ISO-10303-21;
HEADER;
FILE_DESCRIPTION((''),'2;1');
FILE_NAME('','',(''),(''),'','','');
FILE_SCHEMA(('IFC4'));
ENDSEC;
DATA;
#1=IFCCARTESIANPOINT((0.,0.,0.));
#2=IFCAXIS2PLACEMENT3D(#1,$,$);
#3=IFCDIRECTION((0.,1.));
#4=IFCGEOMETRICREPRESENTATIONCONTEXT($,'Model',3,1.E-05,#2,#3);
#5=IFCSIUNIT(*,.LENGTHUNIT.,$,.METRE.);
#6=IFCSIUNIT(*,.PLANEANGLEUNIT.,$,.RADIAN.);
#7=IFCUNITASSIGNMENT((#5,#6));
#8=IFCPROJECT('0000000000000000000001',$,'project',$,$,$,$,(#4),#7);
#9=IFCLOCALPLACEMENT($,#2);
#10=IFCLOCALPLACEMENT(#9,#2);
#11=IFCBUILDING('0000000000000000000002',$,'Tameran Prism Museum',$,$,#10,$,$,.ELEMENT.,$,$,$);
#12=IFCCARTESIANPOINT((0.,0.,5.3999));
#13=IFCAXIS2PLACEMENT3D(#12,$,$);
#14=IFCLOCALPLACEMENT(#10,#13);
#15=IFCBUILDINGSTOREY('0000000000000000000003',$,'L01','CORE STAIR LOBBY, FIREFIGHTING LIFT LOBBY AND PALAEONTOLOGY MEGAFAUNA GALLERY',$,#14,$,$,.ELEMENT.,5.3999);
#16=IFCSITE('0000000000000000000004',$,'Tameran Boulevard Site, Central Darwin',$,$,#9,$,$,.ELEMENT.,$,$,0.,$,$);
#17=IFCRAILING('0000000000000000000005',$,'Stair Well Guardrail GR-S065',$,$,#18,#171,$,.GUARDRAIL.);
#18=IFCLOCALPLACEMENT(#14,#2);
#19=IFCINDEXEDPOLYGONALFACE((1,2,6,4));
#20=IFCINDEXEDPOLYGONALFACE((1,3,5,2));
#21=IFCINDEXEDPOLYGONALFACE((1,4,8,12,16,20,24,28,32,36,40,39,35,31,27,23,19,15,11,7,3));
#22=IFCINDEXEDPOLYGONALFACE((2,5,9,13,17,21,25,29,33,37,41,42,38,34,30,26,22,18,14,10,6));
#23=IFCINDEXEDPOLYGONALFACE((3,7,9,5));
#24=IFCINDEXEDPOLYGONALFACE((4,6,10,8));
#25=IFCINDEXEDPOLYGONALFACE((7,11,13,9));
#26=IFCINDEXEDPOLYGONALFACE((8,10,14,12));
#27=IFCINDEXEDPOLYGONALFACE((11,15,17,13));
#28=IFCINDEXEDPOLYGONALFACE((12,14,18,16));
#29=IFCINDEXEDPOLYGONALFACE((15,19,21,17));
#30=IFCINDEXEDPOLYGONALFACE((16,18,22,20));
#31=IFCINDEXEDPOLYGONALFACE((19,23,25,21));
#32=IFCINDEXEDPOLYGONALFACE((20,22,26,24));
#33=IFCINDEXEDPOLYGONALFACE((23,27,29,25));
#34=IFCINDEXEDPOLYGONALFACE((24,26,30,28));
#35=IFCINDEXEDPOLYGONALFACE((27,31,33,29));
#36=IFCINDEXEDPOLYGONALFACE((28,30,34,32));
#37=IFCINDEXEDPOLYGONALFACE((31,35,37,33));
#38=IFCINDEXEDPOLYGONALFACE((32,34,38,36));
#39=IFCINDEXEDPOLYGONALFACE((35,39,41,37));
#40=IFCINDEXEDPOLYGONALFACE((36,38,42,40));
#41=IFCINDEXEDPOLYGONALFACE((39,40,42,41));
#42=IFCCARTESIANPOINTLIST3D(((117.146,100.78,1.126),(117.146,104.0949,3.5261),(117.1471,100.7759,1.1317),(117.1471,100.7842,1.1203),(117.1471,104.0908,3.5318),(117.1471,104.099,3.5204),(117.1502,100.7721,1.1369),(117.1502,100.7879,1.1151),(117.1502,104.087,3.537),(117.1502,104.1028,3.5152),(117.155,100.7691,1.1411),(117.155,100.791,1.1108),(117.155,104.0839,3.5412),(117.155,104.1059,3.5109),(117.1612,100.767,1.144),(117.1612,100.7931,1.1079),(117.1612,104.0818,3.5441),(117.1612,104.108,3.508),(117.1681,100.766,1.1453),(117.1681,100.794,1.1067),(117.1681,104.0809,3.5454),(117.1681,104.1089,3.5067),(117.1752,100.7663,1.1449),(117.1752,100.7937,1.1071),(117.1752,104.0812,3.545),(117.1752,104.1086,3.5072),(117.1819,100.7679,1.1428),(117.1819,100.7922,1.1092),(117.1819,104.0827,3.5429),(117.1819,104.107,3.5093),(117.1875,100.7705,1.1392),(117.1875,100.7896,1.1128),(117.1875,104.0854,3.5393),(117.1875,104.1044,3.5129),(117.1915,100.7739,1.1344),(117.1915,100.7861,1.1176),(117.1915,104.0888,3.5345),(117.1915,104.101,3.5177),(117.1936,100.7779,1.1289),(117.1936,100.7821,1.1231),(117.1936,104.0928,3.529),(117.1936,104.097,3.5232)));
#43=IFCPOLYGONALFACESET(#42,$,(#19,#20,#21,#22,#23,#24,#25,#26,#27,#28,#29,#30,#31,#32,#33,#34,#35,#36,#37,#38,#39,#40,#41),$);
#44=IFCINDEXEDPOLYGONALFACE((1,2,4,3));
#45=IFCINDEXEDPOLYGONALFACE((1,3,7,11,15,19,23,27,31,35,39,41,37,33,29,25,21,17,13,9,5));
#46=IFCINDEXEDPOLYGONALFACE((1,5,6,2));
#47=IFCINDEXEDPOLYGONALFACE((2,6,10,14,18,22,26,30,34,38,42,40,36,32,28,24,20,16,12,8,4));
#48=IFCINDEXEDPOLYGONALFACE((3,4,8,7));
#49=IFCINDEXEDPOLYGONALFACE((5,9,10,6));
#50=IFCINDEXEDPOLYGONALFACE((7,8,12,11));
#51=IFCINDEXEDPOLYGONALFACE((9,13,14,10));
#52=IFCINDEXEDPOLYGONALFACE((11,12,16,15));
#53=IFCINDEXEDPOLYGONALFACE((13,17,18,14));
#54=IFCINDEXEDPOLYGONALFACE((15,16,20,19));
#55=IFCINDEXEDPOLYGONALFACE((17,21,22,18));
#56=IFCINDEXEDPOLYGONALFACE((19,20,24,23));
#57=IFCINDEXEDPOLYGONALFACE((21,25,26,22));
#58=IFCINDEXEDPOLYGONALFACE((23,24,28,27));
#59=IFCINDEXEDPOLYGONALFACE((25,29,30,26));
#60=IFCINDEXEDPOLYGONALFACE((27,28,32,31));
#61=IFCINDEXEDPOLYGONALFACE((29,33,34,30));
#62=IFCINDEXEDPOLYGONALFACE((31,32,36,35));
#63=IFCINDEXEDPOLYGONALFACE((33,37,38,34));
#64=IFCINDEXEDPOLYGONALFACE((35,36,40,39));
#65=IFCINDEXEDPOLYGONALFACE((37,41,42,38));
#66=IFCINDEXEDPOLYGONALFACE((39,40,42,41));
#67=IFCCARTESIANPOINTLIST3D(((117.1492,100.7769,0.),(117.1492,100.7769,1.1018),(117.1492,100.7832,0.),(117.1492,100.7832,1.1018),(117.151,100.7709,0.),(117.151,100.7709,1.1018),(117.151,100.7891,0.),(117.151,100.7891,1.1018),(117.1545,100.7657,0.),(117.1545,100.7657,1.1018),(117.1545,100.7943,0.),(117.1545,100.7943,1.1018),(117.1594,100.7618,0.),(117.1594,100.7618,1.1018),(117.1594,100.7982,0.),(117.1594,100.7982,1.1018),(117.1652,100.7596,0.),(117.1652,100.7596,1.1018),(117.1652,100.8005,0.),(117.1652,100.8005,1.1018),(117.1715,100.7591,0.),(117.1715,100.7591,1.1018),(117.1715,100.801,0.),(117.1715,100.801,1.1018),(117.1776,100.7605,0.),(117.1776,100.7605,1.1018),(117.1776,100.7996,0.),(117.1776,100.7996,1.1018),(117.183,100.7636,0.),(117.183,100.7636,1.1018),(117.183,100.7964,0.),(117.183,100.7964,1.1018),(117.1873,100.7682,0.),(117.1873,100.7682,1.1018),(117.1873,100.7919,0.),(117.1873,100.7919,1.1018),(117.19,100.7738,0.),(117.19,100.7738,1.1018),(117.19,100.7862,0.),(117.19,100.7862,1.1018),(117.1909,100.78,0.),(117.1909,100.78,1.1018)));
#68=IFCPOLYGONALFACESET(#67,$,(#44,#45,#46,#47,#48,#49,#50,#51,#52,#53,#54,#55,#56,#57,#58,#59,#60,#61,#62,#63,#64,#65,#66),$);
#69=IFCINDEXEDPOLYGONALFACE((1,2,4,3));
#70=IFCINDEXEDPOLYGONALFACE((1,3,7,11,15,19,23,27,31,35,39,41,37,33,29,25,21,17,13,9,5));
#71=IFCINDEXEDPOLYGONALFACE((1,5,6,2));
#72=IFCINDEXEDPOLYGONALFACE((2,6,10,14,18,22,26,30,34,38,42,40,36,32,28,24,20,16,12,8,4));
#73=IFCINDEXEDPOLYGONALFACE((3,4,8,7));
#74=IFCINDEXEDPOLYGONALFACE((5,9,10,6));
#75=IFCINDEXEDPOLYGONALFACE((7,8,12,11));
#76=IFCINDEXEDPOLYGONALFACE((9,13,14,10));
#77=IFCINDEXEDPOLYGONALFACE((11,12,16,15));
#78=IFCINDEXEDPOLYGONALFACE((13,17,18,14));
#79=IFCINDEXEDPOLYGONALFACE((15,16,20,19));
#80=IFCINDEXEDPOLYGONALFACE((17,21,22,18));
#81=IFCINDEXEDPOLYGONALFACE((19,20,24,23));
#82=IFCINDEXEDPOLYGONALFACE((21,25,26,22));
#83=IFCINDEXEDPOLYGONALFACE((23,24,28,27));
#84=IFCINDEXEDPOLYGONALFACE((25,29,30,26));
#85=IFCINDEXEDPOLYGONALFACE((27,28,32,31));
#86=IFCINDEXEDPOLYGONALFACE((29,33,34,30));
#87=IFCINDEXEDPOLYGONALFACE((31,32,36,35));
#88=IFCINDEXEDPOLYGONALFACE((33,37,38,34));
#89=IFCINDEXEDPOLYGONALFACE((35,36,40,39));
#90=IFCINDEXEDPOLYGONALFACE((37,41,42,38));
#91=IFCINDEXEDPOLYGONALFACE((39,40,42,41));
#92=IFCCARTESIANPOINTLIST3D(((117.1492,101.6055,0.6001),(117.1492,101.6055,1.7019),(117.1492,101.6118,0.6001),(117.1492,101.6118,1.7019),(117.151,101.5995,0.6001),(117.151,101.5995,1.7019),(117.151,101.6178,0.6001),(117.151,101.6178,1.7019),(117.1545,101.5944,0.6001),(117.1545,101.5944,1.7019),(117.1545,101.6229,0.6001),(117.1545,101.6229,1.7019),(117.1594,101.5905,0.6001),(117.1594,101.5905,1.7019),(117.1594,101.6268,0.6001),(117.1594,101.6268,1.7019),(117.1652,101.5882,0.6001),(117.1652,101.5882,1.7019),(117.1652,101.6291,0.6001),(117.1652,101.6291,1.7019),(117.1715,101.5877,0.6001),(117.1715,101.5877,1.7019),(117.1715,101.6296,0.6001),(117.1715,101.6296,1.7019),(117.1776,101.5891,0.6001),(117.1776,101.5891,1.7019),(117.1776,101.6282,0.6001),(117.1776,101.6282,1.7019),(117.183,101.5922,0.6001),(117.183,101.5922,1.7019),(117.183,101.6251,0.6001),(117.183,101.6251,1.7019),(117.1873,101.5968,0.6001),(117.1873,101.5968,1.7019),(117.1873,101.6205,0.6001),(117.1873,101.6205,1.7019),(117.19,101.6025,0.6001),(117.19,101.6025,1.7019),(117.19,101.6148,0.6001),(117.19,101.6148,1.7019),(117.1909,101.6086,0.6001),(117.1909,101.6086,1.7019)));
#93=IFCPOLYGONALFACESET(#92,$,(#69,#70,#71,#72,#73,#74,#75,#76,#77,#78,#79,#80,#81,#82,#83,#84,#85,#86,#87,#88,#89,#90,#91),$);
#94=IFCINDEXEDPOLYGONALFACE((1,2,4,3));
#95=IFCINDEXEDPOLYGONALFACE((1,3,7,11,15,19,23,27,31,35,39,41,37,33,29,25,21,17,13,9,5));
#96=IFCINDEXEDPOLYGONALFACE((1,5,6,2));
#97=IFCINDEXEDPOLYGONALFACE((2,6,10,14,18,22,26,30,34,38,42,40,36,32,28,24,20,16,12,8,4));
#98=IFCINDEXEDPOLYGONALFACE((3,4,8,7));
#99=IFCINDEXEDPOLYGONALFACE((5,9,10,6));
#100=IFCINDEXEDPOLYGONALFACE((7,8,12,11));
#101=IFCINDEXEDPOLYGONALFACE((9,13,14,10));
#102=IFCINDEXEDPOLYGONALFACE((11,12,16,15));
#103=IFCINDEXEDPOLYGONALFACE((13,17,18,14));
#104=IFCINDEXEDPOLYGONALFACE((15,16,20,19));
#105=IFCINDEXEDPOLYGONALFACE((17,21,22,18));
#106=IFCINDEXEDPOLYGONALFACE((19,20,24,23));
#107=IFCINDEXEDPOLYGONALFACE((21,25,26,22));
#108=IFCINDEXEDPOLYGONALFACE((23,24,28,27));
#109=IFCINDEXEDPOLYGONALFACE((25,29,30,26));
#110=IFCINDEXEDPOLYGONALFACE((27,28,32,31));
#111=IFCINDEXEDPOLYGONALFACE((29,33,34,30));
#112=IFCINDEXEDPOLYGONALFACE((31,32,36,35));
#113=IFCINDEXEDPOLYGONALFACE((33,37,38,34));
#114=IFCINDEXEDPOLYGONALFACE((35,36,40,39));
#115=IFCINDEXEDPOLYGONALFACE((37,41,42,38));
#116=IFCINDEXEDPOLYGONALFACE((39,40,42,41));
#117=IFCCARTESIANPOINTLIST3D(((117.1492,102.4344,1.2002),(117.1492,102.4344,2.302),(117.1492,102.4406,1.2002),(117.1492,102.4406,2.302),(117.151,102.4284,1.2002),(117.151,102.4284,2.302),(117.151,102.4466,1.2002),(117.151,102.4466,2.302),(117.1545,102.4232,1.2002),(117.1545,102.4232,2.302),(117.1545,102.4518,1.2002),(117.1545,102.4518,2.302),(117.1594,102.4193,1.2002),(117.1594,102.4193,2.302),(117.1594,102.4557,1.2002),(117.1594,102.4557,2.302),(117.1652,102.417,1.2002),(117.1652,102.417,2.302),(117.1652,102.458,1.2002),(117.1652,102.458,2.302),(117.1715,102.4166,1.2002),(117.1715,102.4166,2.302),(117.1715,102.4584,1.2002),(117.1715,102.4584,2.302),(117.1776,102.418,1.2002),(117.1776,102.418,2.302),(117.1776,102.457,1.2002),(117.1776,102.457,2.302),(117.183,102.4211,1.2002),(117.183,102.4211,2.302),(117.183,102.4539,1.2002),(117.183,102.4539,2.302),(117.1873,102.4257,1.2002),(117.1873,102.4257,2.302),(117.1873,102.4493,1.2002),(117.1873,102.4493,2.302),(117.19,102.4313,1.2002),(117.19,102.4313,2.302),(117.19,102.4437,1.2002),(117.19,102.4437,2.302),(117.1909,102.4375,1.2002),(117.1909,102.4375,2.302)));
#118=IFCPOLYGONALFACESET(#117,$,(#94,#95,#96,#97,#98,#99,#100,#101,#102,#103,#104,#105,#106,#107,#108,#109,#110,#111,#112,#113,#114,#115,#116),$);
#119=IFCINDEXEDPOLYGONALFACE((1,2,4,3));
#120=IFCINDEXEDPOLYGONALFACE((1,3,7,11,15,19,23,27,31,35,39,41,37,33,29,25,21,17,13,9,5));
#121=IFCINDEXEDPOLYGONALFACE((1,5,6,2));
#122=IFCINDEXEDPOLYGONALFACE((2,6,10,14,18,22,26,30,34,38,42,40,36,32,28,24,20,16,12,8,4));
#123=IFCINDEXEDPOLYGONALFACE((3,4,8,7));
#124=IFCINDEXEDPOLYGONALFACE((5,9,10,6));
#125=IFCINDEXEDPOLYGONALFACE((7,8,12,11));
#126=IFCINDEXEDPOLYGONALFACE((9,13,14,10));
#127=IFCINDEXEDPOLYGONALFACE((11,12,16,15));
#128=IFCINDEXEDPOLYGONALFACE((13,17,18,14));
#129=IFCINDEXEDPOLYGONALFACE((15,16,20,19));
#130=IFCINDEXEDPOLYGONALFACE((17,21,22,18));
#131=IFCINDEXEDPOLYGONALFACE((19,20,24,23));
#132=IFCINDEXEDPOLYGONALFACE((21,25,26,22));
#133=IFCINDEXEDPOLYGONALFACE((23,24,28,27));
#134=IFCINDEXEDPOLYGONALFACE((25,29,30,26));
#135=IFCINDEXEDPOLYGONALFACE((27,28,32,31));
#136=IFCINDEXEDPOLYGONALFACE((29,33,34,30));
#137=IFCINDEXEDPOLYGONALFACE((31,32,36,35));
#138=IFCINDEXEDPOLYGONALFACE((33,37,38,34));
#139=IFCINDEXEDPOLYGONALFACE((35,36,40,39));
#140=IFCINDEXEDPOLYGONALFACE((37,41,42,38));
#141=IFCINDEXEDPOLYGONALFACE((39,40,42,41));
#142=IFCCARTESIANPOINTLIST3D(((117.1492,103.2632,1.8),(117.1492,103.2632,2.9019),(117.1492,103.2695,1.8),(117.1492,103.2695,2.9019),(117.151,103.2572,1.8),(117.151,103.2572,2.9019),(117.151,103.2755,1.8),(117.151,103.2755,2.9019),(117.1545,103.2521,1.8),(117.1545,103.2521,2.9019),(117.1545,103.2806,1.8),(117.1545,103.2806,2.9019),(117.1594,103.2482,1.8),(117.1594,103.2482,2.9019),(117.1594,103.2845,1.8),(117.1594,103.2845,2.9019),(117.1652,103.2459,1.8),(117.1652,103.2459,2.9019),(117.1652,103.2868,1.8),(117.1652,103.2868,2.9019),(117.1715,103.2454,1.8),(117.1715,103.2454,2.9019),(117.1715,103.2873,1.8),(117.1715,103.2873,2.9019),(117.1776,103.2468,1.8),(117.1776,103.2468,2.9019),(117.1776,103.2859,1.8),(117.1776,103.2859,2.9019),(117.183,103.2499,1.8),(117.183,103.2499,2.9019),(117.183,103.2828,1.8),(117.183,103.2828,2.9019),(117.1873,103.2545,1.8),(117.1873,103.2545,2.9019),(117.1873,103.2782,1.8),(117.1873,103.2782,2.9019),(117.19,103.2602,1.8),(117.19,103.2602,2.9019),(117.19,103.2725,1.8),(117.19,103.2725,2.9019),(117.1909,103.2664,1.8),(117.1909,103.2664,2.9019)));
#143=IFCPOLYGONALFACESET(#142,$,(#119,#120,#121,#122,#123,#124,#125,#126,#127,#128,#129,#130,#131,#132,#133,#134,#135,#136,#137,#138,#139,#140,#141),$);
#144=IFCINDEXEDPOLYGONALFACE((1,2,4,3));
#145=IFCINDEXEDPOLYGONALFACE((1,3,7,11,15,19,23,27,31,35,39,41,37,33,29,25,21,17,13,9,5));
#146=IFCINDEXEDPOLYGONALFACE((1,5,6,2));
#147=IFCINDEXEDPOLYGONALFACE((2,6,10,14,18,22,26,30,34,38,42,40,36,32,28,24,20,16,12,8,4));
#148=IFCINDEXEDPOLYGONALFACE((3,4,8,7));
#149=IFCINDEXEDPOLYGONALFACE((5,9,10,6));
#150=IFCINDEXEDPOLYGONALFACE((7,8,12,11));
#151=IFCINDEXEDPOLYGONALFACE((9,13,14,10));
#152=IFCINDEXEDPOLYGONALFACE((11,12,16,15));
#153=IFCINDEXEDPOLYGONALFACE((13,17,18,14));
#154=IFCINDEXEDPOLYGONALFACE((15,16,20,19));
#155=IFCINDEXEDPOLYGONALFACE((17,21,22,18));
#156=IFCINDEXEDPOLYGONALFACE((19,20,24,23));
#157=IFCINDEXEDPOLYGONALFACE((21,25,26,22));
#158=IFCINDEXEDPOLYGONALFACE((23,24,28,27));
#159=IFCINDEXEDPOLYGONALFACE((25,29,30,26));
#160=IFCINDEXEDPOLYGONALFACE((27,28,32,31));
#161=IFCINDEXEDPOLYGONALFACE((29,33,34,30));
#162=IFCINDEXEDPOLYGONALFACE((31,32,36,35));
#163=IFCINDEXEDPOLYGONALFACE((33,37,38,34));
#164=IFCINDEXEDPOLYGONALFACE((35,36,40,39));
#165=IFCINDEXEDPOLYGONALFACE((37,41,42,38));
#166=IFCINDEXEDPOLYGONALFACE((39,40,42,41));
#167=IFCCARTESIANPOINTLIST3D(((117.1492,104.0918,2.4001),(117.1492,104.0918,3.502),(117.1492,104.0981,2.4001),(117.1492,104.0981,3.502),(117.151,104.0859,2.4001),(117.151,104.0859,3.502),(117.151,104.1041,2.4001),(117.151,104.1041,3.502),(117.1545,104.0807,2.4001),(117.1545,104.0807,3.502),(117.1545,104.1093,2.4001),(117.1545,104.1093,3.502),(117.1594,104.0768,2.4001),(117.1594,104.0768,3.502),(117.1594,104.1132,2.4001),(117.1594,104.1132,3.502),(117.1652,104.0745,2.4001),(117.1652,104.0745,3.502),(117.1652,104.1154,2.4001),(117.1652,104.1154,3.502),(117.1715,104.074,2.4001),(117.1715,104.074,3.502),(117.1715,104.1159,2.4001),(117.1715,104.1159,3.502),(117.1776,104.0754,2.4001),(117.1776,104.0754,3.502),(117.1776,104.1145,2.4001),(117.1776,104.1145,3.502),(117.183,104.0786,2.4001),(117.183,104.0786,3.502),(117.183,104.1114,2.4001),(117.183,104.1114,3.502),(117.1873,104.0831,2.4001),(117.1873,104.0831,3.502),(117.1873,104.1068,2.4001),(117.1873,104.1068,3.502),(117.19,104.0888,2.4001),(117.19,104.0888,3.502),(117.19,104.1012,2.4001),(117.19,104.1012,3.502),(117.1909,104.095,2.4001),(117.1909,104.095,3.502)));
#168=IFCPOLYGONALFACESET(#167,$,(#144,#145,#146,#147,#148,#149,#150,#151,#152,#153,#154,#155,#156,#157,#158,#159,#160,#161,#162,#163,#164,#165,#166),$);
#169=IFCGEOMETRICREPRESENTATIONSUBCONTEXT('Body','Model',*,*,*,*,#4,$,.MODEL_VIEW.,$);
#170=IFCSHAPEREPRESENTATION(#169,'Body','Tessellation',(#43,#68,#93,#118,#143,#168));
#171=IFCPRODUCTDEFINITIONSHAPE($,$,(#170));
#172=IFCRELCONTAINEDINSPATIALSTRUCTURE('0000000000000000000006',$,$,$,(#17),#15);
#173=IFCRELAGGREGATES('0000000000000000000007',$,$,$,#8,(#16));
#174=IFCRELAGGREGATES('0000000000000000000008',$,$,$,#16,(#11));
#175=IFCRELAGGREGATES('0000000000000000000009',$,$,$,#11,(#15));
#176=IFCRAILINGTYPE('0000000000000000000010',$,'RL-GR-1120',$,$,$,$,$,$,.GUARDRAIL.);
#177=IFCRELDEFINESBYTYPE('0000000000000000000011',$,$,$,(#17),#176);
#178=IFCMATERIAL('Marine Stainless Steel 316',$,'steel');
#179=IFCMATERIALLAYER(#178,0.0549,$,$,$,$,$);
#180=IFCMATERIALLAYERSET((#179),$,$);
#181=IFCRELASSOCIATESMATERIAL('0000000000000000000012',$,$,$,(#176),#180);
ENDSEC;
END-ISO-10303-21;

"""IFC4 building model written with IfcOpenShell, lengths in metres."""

from ifc_helpers import new_model, si_unit, direction, frame, origin, origin_2d, place, context, subcontext, project, spatial, circle, extrude, material, layer, layer_set, type_object, element, save


model = new_model("IFC4")

# Units and contexts
model_context = context("Model", 3, precision=1e-05, world=origin(), true_north=direction((0.0, 1.0)))
body_context = subcontext(model_context, "Body", "Model", "MODEL_VIEW")
ifc_project = project(units=[si_unit("LENGTHUNIT", "METRE"), si_unit("PLANEANGLEUNIT", "RADIAN")], contexts=[model_context])

# Site, building, storey
site_placement = place(None, origin())
site = spatial("IfcSite", under=ifc_project, at=site_placement, Name="Tameran Boulevard Site, Central Darwin", CompositionType="ELEMENT", RefElevation=0.0)
building_placement = place(site_placement, origin())
building = spatial("IfcBuilding", under=site, at=building_placement, Name="Tameran Prism Museum", CompositionType="ELEMENT")
storey_placement = place(building_placement, frame((0.0, 0.0, 5.3999)))
storey = spatial("IfcBuildingStorey", under=building, at=storey_placement, Name="L01", Description="CORE STAIR LOBBY, FIREFIGHTING LIFT LOBBY AND PALAEONTOLOGY MEGAFAUNA GALLERY", CompositionType="ELEMENT", Elevation=5.3999)

# Railing
ifc_material_1 = material(Name="Marine Stainless Steel 316", Category="steel")
ifc_layer_1 = layer(ifc_material_1, 0.0549)
ifc_layer_set_1 = layer_set([ifc_layer_1])
railing_type_1 = type_object("IfcRailingType", Name="RL-GR-1120", PredefinedType="GUARDRAIL", material=ifc_layer_set_1)
railing_1_placement = place(storey_placement, frame((117.1699, 100.78, 0.0)))
element("IfcRailing", 1, at=railing_1_placement, inside=storey, type_object=railing_type_1, Name="Stair Well Guardrail GR-S065", PredefinedType="GUARDRAIL", context=body_context, shape_type="SweptSolid", body=[
    extrude(circle(Radius=0.0239, at=origin_2d()), frame((0.0, 0.0, 1.126), z_axis=(0.0, 0.80998, 0.586457), x_axis=(-1.0, 0.0, 0.0)), (0.0, 0.0, 1.0), 4.0925),
    extrude(circle(Radius=0.021, at=origin_2d()), origin(), (0.0, 0.0, 1.0), 1.1018),
    extrude(circle(Radius=0.021, at=origin_2d()), frame((0.0, 0.8286, 0.6001)), (0.0, 0.0, 1.0), 1.1018),
    extrude(circle(Radius=0.021, at=origin_2d()), frame((0.0, 1.6575, 1.2002)), (0.0, 0.0, 1.0), 1.1018),
    extrude(circle(Radius=0.021, at=origin_2d()), frame((0.0, 2.4863, 1.8)), (0.0, 0.0, 1.0), 1.1018),
    extrude(circle(Radius=0.021, at=origin_2d()), frame((0.0, 3.3149, 2.4001)), (0.0, 0.0, 1.0), 1.1018),
])

save(model, "model.ifc")
